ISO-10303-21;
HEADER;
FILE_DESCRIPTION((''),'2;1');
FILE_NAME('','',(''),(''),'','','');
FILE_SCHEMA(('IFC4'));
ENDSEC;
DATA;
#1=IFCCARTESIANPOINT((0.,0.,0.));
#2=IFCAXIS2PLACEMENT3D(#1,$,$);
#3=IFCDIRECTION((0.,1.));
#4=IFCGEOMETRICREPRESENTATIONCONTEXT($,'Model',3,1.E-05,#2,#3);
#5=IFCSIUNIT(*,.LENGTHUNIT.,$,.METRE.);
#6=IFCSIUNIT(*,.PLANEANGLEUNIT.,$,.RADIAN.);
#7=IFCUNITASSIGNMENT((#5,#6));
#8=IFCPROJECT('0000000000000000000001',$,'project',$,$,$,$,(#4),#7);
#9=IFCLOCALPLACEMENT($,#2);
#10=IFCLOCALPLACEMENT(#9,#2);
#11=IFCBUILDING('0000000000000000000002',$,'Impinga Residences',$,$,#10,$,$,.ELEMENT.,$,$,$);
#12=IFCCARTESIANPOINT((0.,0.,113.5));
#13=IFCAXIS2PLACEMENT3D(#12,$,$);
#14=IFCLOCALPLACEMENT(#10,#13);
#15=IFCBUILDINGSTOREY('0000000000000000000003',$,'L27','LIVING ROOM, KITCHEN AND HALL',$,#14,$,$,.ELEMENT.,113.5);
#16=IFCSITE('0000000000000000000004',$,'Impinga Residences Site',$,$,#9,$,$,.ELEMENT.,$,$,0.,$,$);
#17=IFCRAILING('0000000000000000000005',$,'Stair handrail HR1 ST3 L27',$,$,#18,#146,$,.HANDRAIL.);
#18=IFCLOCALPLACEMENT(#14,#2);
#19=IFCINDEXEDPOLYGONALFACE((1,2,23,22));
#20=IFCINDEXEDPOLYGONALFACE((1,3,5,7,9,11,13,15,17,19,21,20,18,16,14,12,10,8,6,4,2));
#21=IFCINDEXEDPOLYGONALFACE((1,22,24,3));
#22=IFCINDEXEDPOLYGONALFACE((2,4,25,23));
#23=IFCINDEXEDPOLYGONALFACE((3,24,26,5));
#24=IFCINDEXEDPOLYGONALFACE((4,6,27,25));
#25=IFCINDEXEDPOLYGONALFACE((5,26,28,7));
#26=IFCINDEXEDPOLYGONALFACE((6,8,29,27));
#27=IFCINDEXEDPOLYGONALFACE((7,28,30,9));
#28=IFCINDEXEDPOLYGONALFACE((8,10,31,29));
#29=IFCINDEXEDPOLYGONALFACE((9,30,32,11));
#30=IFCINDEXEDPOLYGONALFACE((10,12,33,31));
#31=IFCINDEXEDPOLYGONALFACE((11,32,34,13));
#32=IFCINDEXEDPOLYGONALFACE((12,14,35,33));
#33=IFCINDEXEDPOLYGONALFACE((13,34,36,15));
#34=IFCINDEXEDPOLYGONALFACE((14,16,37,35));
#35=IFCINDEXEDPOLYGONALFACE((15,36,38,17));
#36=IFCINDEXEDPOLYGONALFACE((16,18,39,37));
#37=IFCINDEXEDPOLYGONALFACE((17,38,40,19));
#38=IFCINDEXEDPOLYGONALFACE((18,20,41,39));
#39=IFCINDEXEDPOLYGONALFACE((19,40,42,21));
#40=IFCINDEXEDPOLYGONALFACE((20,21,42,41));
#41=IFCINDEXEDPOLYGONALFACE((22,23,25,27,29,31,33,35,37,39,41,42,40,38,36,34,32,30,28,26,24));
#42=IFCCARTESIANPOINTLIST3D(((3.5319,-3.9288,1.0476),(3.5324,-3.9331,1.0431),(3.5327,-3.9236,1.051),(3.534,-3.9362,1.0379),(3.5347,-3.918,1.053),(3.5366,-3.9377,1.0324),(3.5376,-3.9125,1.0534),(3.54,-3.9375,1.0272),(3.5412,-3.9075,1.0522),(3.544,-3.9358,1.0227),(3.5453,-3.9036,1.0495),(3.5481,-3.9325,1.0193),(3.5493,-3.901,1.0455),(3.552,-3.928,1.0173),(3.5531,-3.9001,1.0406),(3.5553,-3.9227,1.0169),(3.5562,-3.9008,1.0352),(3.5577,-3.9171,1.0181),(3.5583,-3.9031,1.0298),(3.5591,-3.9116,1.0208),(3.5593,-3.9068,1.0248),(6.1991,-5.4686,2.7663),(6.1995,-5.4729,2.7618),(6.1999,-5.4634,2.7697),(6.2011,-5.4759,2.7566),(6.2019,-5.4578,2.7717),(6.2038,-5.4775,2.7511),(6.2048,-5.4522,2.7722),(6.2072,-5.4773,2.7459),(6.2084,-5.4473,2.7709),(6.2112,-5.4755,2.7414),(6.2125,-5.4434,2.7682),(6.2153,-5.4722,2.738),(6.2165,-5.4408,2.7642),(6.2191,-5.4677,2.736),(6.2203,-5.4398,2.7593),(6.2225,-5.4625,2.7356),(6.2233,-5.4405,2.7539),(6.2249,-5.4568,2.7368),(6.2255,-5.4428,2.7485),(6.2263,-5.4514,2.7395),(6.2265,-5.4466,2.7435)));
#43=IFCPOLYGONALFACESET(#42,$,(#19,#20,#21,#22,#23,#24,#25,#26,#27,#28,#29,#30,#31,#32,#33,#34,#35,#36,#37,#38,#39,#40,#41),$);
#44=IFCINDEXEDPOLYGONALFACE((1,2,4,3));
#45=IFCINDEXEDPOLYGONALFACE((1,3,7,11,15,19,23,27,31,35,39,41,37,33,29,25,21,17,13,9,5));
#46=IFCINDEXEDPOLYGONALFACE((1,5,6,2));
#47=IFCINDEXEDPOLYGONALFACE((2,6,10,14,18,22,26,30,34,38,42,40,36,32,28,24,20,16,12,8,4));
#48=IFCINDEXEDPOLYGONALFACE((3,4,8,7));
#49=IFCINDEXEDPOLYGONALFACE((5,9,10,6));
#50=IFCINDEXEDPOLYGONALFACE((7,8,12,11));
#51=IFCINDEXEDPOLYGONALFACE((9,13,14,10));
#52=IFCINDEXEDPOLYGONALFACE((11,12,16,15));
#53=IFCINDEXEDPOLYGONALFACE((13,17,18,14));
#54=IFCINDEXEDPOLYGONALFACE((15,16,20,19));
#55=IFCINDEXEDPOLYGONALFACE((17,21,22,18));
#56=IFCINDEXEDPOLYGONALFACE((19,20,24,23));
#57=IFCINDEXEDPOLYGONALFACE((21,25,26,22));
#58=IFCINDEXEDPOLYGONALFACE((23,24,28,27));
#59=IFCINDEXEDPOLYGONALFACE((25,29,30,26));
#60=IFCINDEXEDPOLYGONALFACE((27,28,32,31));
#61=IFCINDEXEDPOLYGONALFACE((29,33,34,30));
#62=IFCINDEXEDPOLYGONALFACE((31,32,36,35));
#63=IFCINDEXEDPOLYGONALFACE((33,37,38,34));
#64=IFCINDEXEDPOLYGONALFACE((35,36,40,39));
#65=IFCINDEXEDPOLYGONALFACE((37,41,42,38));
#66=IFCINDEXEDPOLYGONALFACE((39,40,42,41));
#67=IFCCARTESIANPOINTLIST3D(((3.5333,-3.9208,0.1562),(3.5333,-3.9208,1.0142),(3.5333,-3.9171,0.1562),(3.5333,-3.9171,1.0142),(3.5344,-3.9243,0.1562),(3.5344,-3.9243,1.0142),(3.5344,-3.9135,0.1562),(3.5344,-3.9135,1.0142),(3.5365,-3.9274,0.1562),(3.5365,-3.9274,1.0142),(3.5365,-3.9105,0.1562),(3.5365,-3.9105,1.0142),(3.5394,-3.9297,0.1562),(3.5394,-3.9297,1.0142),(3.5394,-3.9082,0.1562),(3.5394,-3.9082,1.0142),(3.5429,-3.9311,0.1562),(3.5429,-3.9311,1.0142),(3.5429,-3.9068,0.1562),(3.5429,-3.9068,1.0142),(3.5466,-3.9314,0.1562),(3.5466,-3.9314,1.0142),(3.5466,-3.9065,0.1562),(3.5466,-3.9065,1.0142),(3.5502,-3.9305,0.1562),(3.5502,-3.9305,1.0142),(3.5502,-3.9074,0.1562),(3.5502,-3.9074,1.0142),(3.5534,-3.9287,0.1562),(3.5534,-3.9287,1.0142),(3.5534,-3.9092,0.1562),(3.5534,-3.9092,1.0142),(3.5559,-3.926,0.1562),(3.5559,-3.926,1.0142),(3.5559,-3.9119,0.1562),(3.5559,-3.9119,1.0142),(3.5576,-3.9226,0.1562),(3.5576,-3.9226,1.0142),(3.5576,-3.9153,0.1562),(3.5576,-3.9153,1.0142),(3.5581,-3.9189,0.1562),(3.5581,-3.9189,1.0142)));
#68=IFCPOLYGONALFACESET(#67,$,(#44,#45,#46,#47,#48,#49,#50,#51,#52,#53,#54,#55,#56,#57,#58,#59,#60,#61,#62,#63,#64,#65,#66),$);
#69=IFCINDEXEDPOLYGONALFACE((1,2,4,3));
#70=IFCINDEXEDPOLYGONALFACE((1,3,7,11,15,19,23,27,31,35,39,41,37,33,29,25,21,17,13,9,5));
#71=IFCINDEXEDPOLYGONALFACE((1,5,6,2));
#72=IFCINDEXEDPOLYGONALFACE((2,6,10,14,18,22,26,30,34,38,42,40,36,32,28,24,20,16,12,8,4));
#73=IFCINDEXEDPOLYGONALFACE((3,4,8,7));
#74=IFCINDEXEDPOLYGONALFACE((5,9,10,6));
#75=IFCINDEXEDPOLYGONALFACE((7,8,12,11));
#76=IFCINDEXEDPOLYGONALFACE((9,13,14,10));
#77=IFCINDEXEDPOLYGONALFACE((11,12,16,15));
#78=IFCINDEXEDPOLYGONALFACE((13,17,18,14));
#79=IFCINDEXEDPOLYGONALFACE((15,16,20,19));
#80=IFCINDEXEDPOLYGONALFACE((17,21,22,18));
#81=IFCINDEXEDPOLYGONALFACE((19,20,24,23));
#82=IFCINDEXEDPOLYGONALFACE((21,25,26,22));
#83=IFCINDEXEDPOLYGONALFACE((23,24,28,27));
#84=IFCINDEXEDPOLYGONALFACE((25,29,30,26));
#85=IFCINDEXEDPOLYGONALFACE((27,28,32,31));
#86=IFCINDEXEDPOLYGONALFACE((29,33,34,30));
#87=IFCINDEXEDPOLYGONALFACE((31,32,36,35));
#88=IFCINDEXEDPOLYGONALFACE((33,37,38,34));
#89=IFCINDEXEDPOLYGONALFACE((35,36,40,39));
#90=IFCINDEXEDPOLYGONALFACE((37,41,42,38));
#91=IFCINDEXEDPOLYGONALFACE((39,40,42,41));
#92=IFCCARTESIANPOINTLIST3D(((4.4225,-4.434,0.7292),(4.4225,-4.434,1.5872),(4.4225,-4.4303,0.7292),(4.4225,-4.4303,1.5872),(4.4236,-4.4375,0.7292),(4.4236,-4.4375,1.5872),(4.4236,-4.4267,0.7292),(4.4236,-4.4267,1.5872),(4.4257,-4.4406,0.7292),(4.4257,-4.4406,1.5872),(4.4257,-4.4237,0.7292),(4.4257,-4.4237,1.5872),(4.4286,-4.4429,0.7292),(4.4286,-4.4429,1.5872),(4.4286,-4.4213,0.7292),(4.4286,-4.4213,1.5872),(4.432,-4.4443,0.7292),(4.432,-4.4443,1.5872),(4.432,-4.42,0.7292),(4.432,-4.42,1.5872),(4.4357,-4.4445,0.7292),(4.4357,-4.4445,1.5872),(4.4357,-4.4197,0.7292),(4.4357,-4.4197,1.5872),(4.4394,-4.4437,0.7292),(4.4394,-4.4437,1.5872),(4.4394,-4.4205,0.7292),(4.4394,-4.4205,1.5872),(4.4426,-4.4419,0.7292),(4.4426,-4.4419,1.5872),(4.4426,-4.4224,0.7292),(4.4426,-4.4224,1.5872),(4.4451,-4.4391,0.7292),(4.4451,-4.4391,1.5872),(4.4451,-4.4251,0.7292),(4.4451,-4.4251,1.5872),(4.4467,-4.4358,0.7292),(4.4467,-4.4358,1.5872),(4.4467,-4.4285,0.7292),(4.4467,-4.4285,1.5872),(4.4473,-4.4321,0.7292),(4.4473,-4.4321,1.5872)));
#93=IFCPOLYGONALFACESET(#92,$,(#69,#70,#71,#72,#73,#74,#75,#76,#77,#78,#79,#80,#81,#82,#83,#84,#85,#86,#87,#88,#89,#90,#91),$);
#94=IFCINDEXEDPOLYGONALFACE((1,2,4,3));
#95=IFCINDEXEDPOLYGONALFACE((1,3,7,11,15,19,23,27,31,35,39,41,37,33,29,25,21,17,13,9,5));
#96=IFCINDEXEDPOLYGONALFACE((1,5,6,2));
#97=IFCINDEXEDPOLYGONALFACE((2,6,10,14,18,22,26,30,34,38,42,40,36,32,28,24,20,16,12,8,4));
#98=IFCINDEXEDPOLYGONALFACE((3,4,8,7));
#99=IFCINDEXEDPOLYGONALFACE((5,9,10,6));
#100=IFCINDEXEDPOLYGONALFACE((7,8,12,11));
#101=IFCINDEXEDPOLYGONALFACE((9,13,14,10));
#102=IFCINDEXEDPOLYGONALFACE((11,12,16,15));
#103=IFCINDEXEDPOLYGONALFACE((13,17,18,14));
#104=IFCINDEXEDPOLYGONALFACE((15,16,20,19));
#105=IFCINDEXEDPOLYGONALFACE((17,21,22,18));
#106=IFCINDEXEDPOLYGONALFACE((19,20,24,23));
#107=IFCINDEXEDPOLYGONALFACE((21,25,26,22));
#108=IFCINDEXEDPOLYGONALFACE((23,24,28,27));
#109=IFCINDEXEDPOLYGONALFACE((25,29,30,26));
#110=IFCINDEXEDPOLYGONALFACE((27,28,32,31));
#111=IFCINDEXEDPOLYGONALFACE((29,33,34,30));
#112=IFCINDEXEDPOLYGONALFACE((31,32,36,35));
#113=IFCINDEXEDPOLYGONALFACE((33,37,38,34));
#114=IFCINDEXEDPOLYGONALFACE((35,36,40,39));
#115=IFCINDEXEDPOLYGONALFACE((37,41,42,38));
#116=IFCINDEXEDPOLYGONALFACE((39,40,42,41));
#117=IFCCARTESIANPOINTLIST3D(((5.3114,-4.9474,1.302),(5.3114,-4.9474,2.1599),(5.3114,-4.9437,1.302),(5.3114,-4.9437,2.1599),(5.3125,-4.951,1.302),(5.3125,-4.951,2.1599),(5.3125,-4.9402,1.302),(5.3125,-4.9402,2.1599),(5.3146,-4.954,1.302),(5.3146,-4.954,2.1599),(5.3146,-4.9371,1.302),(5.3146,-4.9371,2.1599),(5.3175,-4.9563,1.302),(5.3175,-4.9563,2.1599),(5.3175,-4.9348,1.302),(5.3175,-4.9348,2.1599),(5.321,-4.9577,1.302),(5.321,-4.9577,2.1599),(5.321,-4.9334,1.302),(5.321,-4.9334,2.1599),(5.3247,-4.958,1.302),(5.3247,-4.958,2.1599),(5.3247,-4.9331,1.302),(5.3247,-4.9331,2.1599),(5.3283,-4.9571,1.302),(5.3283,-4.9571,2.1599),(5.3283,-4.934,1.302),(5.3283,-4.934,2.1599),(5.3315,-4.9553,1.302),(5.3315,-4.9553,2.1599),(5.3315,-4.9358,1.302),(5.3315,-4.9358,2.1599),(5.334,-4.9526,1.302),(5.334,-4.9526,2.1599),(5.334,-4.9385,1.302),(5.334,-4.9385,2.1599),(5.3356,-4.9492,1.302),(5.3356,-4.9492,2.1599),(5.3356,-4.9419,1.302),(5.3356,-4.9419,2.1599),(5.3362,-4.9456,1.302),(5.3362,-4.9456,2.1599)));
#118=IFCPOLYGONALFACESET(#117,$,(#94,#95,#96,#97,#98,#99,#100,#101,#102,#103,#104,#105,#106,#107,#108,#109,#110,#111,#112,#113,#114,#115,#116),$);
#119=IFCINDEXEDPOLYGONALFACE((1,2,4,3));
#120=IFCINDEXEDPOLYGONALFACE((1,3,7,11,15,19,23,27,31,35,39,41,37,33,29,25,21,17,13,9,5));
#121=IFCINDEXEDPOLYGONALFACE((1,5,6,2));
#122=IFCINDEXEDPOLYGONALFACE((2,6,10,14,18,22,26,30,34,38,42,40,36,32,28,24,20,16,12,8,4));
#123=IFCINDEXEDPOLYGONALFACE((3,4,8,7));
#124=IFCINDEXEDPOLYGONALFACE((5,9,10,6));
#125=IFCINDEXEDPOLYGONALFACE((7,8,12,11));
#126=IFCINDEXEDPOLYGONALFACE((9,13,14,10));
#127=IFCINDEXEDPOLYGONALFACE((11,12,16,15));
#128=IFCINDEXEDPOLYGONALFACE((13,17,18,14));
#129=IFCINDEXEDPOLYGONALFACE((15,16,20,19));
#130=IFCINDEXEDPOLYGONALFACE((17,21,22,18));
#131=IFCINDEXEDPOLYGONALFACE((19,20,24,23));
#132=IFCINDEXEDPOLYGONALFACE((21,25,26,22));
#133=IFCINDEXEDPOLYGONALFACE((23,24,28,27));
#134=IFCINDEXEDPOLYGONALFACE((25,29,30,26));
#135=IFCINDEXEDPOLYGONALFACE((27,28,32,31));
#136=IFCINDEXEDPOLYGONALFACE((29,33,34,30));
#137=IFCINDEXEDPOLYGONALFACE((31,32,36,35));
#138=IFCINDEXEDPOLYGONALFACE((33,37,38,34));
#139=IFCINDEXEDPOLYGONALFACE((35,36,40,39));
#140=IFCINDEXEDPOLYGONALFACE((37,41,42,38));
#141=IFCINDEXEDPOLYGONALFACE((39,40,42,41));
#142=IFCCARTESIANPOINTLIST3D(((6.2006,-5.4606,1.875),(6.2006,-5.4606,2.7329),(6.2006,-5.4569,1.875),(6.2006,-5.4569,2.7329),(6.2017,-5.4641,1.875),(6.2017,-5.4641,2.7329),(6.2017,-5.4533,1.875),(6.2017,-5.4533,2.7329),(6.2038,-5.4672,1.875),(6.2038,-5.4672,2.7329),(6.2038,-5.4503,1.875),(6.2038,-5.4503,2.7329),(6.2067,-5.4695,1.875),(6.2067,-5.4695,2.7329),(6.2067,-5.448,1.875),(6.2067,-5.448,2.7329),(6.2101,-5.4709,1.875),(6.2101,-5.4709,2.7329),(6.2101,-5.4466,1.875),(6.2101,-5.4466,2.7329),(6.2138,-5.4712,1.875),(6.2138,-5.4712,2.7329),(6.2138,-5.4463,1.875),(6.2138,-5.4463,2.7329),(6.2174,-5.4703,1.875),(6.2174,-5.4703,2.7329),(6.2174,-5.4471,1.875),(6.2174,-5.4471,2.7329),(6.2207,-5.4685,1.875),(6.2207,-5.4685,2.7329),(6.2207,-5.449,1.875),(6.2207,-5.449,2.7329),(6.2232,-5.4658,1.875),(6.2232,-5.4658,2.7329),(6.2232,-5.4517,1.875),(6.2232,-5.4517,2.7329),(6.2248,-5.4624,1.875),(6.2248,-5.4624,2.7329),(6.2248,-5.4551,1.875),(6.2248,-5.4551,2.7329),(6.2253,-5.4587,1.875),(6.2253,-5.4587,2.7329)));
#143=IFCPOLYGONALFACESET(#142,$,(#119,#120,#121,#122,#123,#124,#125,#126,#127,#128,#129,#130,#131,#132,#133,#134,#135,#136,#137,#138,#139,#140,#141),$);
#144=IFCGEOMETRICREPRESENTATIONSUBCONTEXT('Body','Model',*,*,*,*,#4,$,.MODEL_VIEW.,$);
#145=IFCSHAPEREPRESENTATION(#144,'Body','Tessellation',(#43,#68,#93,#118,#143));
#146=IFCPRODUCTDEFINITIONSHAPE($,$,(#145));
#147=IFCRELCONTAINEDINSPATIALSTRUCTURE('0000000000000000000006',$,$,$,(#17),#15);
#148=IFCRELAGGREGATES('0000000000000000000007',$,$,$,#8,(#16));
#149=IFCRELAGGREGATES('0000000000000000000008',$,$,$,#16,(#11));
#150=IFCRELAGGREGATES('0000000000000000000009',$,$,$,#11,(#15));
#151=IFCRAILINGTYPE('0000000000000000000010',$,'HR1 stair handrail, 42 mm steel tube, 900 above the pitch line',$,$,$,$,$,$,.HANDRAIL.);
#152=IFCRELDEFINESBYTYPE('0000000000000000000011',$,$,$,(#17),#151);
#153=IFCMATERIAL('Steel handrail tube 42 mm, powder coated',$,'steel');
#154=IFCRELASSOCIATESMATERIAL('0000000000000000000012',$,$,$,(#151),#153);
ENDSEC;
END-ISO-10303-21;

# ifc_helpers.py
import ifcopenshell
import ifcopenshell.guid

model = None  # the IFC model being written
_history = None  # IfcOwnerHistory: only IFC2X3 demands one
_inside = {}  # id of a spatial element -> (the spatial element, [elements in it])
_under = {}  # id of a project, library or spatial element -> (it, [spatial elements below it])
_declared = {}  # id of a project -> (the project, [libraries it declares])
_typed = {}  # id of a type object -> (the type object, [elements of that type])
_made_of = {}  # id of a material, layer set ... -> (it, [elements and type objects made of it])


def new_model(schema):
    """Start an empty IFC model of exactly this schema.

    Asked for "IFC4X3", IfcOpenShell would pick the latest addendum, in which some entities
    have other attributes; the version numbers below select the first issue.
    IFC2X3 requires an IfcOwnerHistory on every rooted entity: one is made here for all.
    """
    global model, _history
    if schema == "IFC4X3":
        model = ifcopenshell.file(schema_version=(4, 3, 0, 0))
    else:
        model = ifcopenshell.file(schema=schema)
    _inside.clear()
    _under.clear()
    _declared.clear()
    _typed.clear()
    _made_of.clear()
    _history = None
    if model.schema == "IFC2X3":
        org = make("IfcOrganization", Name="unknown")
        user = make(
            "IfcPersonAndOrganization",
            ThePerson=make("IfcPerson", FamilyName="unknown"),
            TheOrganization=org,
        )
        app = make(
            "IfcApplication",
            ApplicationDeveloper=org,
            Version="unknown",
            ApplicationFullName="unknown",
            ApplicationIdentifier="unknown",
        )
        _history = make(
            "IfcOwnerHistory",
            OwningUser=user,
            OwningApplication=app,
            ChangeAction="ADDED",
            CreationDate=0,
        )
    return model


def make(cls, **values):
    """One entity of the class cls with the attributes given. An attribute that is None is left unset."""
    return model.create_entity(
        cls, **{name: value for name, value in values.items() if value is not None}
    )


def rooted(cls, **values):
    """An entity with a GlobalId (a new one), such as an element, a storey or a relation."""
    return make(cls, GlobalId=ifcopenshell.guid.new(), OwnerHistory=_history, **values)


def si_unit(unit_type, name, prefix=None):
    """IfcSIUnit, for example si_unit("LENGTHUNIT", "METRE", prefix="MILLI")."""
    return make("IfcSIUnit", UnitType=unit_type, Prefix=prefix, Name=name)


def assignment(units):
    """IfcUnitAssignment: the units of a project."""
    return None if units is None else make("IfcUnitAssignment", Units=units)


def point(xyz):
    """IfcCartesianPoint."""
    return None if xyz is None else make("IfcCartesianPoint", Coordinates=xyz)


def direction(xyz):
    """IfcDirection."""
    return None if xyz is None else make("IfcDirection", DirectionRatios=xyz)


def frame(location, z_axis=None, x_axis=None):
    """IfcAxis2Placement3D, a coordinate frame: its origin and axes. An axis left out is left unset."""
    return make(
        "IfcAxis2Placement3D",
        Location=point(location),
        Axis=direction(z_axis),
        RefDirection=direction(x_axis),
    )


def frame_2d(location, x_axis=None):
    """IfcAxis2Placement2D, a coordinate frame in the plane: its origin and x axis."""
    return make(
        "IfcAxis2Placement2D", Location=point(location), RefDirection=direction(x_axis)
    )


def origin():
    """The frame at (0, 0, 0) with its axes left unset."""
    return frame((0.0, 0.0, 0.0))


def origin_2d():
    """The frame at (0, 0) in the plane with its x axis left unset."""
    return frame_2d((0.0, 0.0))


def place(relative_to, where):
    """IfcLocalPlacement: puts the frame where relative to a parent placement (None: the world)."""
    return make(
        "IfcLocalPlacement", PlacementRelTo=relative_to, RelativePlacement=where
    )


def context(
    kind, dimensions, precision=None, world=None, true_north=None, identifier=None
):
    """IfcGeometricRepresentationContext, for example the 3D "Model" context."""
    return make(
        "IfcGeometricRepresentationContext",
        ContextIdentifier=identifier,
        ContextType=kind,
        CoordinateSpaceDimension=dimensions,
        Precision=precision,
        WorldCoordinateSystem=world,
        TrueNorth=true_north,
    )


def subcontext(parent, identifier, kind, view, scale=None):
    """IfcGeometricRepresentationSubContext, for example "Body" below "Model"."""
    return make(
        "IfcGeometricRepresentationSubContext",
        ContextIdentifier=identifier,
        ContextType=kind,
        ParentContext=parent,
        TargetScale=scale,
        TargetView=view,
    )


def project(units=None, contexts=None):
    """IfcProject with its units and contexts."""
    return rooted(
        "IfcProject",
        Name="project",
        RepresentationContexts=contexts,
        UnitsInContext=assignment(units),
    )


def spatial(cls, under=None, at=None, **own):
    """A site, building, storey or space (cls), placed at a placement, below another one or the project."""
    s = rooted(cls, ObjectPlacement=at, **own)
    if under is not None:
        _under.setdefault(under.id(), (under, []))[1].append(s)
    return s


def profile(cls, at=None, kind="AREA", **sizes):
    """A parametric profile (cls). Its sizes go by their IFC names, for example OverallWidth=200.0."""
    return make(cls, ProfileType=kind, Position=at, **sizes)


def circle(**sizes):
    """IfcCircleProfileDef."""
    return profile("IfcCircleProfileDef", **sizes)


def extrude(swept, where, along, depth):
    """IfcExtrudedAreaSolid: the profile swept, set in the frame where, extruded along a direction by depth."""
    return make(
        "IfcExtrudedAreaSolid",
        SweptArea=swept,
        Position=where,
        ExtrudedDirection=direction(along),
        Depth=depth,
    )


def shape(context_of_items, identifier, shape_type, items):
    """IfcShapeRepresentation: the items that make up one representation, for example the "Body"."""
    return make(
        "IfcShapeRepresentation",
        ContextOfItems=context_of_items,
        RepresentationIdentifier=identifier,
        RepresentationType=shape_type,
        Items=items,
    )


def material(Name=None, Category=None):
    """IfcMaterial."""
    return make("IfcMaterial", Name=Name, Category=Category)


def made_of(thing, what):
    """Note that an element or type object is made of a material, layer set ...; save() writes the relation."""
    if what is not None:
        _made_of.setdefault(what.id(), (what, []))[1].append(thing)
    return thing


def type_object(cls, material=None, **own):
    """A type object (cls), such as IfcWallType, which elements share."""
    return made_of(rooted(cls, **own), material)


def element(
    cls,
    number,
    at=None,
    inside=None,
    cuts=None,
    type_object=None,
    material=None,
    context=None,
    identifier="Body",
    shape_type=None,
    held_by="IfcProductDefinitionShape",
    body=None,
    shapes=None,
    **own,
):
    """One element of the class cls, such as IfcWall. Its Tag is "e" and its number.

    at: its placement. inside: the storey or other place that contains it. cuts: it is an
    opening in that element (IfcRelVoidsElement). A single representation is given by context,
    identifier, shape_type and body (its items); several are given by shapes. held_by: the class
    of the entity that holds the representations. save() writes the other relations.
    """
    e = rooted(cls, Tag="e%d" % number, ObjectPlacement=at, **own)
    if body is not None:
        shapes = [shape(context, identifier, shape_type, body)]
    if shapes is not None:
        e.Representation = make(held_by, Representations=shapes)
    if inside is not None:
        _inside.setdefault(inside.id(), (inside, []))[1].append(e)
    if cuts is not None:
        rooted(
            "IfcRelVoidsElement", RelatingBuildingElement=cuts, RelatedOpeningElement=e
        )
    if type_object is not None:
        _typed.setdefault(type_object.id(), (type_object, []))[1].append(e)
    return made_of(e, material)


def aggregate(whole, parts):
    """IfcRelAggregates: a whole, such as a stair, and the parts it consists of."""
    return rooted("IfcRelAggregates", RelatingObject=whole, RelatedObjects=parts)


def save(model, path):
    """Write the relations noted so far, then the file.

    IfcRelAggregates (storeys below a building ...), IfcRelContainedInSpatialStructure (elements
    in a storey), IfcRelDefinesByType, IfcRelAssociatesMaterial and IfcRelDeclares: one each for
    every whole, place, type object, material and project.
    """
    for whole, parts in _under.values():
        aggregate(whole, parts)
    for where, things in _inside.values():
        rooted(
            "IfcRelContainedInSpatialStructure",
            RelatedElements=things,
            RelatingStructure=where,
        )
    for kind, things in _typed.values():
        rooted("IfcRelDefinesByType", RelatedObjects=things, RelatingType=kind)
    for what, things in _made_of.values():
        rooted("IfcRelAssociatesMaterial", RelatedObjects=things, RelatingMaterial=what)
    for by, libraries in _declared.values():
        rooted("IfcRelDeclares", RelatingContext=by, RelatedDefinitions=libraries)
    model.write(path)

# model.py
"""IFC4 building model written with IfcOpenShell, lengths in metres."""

from ifc_helpers import new_model, si_unit, direction, frame, origin, origin_2d, place, context, subcontext, project, spatial, circle, extrude, material, type_object, element, save


model = new_model("IFC4")

# Units and contexts
model_context = context("Model", 3, precision=1e-05, world=origin(), true_north=direction((0.0, 1.0)))
body_context = subcontext(model_context, "Body", "Model", "MODEL_VIEW")
ifc_project = project(units=[si_unit("LENGTHUNIT", "METRE"), si_unit("PLANEANGLEUNIT", "RADIAN")], contexts=[model_context])

# Site, building, storey
site_placement = place(None, origin())
site = spatial("IfcSite", under=ifc_project, at=site_placement, Name="Impinga Residences Site", CompositionType="ELEMENT", RefElevation=0.0)
building_placement = place(site_placement, origin())
building = spatial("IfcBuilding", under=site, at=building_placement, Name="Impinga Residences", CompositionType="ELEMENT")
storey_placement = place(building_placement, frame((0.0, 0.0, 113.5)))
storey = spatial("IfcBuildingStorey", under=building, at=storey_placement, Name="L27", Description="LIVING ROOM, KITCHEN AND HALL", CompositionType="ELEMENT", Elevation=113.5)

# Railing
ifc_material_1 = material(Name="Steel handrail tube 42 mm, powder coated", Category="steel")
railing_type_1 = type_object("IfcRailingType", Name="HR1 stair handrail, 42 mm steel tube, 900 above the pitch line", PredefinedType="HANDRAIL", material=ifc_material_1)
railing_1_placement = place(storey_placement, frame((3.5457, -3.9189, 0.1562)))
element("IfcRailing", 1, at=railing_1_placement, inside=storey, type_object=railing_type_1, Name="Stair handrail HR1 ST3 L27", PredefinedType="HANDRAIL", context=body_context, shape_type="SweptSolid", body=[
    extrude(circle(Radius=0.021, at=origin_2d()), frame((0.0, 0.0, 0.8789), z_axis=(0.756249, -0.436582, 0.487322), x_axis=(0.499967, 0.866044, 0.0)), (0.0, 0.0, 1.0), 3.5269),
    extrude(circle(Radius=0.0125, at=origin_2d()), origin(), (0.0, 0.0, 1.0), 0.8579),
    extrude(circle(Radius=0.0125, at=origin_2d()), frame((0.8892, -0.5132, 0.573)), (0.0, 0.0, 1.0), 0.8579),
    extrude(circle(Radius=0.0125, at=origin_2d()), frame((1.7781, -1.0266, 1.1458)), (0.0, 0.0, 1.0), 0.8579),
    extrude(circle(Radius=0.0125, at=origin_2d()), frame((2.6672, -1.5398, 1.7188)), (0.0, 0.0, 1.0), 0.8579),
])

save(model, "model.ifc")
